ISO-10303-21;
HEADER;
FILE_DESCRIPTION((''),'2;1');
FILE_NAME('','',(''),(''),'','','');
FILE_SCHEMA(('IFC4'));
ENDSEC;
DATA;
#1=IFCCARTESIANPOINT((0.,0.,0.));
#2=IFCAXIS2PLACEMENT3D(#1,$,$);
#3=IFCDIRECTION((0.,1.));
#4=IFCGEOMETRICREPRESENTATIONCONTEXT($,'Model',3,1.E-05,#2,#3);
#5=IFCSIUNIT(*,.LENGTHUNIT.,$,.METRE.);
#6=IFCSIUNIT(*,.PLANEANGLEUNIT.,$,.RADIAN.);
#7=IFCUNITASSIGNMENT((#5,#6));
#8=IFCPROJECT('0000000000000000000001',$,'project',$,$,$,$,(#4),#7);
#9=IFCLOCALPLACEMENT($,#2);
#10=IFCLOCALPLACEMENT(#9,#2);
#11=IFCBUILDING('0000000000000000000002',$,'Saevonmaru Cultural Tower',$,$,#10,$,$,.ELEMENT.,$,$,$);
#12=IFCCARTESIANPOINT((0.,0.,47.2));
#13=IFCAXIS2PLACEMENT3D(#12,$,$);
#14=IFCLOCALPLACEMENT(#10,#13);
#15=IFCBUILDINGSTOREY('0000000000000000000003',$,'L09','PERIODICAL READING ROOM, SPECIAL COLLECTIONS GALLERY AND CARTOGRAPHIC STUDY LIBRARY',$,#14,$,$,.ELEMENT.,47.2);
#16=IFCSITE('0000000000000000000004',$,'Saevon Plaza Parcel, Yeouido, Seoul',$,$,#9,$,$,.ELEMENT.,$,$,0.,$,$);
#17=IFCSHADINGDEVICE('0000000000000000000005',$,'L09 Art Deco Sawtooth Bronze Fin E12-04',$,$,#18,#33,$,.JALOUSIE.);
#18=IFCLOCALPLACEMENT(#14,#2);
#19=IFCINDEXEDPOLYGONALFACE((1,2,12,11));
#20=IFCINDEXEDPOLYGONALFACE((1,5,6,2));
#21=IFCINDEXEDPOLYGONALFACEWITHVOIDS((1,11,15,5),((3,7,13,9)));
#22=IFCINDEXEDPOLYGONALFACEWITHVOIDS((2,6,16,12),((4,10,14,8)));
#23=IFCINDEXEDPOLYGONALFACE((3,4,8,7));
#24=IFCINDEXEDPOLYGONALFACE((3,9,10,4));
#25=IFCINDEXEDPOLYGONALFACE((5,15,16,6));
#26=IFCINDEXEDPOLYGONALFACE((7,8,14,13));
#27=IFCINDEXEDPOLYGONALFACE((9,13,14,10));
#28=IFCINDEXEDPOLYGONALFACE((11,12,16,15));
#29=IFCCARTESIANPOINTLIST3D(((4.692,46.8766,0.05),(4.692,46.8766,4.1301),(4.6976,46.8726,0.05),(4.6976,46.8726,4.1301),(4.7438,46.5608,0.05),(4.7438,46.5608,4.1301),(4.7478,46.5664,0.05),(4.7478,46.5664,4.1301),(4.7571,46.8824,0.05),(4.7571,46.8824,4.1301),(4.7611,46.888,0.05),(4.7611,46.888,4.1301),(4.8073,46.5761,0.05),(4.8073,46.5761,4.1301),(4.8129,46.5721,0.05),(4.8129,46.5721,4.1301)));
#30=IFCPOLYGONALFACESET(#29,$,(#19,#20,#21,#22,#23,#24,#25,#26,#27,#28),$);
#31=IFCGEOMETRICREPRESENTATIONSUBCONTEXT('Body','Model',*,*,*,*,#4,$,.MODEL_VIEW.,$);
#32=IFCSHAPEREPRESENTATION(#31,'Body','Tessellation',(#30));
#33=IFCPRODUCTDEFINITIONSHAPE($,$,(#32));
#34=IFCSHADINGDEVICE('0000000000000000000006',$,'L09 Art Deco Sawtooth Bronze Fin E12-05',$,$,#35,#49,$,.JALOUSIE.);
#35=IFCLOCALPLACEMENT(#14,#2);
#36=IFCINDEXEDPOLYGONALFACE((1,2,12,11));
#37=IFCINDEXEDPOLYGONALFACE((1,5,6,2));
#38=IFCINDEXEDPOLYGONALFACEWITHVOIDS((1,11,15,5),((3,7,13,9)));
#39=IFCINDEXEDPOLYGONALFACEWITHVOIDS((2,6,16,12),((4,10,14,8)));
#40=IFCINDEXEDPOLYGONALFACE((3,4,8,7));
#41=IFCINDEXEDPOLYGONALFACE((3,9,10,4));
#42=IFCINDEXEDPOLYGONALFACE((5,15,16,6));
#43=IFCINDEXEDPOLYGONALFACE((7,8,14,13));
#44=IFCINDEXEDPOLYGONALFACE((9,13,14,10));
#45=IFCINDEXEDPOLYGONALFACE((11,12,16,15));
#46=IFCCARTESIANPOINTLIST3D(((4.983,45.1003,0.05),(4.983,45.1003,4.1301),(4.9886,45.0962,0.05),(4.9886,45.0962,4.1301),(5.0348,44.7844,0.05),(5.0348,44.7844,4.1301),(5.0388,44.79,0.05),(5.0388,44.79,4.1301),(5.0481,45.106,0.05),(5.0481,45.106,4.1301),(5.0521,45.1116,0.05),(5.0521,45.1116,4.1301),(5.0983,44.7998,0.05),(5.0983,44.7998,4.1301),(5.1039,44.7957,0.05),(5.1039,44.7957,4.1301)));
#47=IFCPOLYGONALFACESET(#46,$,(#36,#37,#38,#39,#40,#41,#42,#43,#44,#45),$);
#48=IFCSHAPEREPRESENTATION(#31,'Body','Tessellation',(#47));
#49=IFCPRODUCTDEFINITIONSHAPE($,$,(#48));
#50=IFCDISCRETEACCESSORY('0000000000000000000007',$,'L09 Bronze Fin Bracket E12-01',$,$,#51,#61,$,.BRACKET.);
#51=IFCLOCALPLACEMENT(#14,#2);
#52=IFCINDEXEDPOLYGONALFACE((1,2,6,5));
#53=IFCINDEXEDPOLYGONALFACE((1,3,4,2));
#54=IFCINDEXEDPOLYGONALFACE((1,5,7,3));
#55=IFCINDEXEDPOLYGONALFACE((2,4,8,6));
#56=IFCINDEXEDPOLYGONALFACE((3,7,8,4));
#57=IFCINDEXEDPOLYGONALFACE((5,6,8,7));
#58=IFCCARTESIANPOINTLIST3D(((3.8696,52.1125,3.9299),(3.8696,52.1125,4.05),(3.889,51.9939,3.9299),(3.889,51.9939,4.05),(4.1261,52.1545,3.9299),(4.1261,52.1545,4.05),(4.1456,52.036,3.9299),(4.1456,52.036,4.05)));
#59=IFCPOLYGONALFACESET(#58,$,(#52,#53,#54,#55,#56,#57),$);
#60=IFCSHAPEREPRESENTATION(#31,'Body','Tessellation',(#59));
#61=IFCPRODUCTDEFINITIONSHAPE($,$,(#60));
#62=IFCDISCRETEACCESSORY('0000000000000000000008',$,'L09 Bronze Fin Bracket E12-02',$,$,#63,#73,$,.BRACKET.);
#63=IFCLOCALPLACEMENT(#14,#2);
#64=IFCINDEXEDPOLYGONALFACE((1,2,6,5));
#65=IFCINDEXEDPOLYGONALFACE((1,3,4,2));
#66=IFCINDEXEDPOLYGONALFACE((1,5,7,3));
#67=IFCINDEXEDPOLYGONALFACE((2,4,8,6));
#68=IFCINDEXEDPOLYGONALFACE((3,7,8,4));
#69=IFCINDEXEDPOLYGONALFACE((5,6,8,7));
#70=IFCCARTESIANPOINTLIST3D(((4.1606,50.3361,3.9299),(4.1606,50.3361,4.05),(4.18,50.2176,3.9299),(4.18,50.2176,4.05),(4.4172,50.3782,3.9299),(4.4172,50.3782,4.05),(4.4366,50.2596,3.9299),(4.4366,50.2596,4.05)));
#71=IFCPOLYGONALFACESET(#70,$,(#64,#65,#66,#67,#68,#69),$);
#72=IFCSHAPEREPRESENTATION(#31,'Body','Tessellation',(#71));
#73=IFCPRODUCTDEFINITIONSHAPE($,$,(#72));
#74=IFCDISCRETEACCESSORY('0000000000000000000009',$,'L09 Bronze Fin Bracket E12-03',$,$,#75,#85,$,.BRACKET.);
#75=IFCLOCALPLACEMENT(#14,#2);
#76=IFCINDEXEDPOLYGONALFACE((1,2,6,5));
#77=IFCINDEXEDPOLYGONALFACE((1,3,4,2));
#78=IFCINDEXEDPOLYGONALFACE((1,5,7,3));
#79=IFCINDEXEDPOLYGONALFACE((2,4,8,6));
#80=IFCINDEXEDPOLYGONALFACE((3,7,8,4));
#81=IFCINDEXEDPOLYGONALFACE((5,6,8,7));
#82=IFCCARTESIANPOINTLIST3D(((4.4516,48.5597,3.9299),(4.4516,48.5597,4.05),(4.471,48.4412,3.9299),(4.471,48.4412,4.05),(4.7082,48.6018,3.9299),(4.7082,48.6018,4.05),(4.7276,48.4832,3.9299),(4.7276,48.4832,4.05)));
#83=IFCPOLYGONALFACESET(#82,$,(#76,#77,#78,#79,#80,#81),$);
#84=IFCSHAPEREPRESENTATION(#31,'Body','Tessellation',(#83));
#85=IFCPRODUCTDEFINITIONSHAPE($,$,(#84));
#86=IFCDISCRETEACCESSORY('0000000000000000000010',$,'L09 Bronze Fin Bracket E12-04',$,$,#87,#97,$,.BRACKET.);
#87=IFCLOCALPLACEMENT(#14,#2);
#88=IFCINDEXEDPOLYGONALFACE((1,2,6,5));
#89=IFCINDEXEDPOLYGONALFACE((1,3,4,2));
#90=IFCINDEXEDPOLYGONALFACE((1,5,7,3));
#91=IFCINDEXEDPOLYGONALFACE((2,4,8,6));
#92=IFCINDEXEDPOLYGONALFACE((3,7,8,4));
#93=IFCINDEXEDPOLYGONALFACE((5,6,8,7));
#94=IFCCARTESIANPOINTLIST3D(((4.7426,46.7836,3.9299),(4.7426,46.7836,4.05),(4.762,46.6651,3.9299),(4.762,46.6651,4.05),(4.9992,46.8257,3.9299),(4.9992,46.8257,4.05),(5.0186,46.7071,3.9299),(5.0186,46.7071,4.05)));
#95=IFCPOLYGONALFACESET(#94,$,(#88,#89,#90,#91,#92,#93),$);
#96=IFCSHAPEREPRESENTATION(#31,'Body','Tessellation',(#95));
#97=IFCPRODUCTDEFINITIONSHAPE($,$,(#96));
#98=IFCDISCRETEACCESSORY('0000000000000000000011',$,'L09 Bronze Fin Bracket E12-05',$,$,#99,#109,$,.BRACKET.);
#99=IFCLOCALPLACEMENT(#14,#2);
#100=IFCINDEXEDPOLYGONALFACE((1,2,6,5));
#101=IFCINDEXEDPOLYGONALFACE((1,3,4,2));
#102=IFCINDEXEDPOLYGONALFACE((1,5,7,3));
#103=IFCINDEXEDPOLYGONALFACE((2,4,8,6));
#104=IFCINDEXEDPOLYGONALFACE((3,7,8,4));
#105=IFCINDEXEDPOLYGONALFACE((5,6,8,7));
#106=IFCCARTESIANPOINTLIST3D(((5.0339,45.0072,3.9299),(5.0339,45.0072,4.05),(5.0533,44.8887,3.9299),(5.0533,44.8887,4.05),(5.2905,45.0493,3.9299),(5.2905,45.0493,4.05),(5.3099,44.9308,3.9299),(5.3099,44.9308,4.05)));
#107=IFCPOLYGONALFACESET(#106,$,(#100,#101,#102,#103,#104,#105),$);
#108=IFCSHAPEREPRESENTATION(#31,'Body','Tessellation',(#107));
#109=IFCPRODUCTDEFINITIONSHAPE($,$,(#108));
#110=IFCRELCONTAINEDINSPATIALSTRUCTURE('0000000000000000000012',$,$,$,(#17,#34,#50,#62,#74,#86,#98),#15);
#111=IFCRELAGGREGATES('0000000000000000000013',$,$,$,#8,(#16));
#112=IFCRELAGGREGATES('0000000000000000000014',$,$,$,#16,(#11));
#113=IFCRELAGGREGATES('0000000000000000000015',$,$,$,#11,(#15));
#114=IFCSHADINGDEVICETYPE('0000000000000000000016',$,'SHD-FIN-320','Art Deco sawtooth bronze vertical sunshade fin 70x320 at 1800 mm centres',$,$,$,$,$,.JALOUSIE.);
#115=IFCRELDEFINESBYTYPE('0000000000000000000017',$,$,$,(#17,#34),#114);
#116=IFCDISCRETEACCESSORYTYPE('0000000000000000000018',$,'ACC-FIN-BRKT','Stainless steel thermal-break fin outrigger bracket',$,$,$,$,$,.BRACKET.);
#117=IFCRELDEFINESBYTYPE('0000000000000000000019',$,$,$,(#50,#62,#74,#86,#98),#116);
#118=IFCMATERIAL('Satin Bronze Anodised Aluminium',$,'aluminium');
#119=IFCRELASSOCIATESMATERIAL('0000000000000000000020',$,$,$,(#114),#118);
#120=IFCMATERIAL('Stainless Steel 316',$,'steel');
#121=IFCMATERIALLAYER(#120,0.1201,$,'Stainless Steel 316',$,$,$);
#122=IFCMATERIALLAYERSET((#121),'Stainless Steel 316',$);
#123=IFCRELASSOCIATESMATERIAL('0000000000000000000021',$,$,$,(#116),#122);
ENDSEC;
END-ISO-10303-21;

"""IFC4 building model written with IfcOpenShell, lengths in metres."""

from ifc_helpers import new_model, si_unit, direction, frame, origin, origin_2d, place, context, subcontext, project, spatial, rectangle, hollow_rectangle, extrude, material, layer, layer_set, material_profile, profile_set, type_object, element, save


model = new_model("IFC4")

# Units and contexts
model_context = context("Model", 3, precision=1e-05, world=origin(), true_north=direction((0.0, 1.0)))
body_context = subcontext(model_context, "Body", "Model", "MODEL_VIEW")
ifc_project = project(units=[si_unit("LENGTHUNIT", "METRE"), si_unit("PLANEANGLEUNIT", "RADIAN")], contexts=[model_context])

# Site, building, storey
site_placement = place(None, origin())
site = spatial("IfcSite", under=ifc_project, at=site_placement, Name="Saevon Plaza Parcel, Yeouido, Seoul", CompositionType="ELEMENT", RefElevation=0.0)
building_placement = place(site_placement, origin())
building = spatial("IfcBuilding", under=site, at=building_placement, Name="Saevonmaru Cultural Tower", CompositionType="ELEMENT")
storey_placement = place(building_placement, frame((0.0, 0.0, 47.2)))
storey = spatial("IfcBuildingStorey", under=building, at=storey_placement, Name="L09", Description="PERIODICAL READING ROOM, SPECIAL COLLECTIONS GALLERY AND CARTOGRAPHIC STUDY LIBRARY", CompositionType="ELEMENT", Elevation=47.2)

# Shared definitions
ifc_material_1 = material(Name="Satin Bronze Anodised Aluminium", Category="aluminium")

# Shading devices
ifc_material_profile_1 = material_profile(ifc_material_1, hollow_rectangle(XDim=0.0701, YDim=0.3201, WallThickness=0.0049, at=origin_2d()), Name="FIN-320x70")
ifc_profile_set_1 = profile_set([ifc_material_profile_1], Name="Satin Bronze Anodised Aluminium")
shading_device_type = type_object("IfcShadingDeviceType", Name="SHD-FIN-320", Description="Art Deco sawtooth bronze vertical sunshade fin 70x320 at 1800 mm centres", PredefinedType="JALOUSIE", material=ifc_profile_set_1)
for number, where, z_axis, x_axis, name in (
    (1, (4.7524, 46.7244, 0.05), (0.0, 0.0, 1.0), (-0.986827, -0.161776, 0.0), "L09 Art Deco Sawtooth Bronze Fin E12-04"),
    (2, (5.0435, 44.948, 0.05), (0.0, 0.0, 1.0), (-0.986827, -0.161776, 0.0), "L09 Art Deco Sawtooth Bronze Fin E12-05"),
):
    element("IfcShadingDevice", number, at=place(storey_placement, frame(where, z_axis=z_axis, x_axis=x_axis)), inside=storey, type_object=shading_device_type, Name=name, PredefinedType="JALOUSIE", context=body_context, shape_type="SweptSolid", body=[
        extrude(hollow_rectangle(XDim=0.0701, YDim=0.3201, WallThickness=0.0049, at=origin_2d()), origin(), (0.0, 0.0, 1.0), 4.0801),
    ])

# Discrete accessories
ifc_material_2 = material(Name="Stainless Steel 316", Category="steel")
ifc_layer_1 = layer(ifc_material_2, 0.1201, Name="Stainless Steel 316")
ifc_layer_set_1 = layer_set([ifc_layer_1], Name="Stainless Steel 316")
discrete_accessory_type = type_object("IfcDiscreteAccessoryType", Name="ACC-FIN-BRKT", Description="Stainless steel thermal-break fin outrigger bracket", PredefinedType="BRACKET", material=ifc_layer_set_1)
for number, where, z_axis, x_axis, name in (
    (3, (4.0076, 52.0742, 3.9299), (0.0, 0.0, 1.0), (-0.986827, -0.161776, 0.0), "L09 Bronze Fin Bracket E12-01"),
    (4, (4.2986, 50.2979, 3.9299), (0.0, 0.0, 1.0), (-0.986827, -0.161776, 0.0), "L09 Bronze Fin Bracket E12-02"),
    (5, (4.5896, 48.5215, 3.9299), (0.0, 0.0, 1.0), (-0.986827, -0.161776, 0.0), "L09 Bronze Fin Bracket E12-03"),
    (6, (4.8806, 46.7454, 3.9299), (0.0, 0.0, 1.0), (-0.986827, -0.161776, 0.0), "L09 Bronze Fin Bracket E12-04"),
    (7, (5.1719, 44.969, 3.9299), (0.0, 0.0, 1.0), (-0.986827, -0.161776, 0.0), "L09 Bronze Fin Bracket E12-05"),
):
    element("IfcDiscreteAccessory", number, at=place(storey_placement, frame(where, z_axis=z_axis, x_axis=x_axis)), inside=storey, type_object=discrete_accessory_type, Name=name, PredefinedType="BRACKET", context=body_context, shape_type="SweptSolid", body=[
        extrude(rectangle(XDim=0.26, YDim=0.1201, at=origin_2d()), origin(), (0.0, 0.0, 1.0), 0.1201),
    ])

save(model, "model.ifc")
